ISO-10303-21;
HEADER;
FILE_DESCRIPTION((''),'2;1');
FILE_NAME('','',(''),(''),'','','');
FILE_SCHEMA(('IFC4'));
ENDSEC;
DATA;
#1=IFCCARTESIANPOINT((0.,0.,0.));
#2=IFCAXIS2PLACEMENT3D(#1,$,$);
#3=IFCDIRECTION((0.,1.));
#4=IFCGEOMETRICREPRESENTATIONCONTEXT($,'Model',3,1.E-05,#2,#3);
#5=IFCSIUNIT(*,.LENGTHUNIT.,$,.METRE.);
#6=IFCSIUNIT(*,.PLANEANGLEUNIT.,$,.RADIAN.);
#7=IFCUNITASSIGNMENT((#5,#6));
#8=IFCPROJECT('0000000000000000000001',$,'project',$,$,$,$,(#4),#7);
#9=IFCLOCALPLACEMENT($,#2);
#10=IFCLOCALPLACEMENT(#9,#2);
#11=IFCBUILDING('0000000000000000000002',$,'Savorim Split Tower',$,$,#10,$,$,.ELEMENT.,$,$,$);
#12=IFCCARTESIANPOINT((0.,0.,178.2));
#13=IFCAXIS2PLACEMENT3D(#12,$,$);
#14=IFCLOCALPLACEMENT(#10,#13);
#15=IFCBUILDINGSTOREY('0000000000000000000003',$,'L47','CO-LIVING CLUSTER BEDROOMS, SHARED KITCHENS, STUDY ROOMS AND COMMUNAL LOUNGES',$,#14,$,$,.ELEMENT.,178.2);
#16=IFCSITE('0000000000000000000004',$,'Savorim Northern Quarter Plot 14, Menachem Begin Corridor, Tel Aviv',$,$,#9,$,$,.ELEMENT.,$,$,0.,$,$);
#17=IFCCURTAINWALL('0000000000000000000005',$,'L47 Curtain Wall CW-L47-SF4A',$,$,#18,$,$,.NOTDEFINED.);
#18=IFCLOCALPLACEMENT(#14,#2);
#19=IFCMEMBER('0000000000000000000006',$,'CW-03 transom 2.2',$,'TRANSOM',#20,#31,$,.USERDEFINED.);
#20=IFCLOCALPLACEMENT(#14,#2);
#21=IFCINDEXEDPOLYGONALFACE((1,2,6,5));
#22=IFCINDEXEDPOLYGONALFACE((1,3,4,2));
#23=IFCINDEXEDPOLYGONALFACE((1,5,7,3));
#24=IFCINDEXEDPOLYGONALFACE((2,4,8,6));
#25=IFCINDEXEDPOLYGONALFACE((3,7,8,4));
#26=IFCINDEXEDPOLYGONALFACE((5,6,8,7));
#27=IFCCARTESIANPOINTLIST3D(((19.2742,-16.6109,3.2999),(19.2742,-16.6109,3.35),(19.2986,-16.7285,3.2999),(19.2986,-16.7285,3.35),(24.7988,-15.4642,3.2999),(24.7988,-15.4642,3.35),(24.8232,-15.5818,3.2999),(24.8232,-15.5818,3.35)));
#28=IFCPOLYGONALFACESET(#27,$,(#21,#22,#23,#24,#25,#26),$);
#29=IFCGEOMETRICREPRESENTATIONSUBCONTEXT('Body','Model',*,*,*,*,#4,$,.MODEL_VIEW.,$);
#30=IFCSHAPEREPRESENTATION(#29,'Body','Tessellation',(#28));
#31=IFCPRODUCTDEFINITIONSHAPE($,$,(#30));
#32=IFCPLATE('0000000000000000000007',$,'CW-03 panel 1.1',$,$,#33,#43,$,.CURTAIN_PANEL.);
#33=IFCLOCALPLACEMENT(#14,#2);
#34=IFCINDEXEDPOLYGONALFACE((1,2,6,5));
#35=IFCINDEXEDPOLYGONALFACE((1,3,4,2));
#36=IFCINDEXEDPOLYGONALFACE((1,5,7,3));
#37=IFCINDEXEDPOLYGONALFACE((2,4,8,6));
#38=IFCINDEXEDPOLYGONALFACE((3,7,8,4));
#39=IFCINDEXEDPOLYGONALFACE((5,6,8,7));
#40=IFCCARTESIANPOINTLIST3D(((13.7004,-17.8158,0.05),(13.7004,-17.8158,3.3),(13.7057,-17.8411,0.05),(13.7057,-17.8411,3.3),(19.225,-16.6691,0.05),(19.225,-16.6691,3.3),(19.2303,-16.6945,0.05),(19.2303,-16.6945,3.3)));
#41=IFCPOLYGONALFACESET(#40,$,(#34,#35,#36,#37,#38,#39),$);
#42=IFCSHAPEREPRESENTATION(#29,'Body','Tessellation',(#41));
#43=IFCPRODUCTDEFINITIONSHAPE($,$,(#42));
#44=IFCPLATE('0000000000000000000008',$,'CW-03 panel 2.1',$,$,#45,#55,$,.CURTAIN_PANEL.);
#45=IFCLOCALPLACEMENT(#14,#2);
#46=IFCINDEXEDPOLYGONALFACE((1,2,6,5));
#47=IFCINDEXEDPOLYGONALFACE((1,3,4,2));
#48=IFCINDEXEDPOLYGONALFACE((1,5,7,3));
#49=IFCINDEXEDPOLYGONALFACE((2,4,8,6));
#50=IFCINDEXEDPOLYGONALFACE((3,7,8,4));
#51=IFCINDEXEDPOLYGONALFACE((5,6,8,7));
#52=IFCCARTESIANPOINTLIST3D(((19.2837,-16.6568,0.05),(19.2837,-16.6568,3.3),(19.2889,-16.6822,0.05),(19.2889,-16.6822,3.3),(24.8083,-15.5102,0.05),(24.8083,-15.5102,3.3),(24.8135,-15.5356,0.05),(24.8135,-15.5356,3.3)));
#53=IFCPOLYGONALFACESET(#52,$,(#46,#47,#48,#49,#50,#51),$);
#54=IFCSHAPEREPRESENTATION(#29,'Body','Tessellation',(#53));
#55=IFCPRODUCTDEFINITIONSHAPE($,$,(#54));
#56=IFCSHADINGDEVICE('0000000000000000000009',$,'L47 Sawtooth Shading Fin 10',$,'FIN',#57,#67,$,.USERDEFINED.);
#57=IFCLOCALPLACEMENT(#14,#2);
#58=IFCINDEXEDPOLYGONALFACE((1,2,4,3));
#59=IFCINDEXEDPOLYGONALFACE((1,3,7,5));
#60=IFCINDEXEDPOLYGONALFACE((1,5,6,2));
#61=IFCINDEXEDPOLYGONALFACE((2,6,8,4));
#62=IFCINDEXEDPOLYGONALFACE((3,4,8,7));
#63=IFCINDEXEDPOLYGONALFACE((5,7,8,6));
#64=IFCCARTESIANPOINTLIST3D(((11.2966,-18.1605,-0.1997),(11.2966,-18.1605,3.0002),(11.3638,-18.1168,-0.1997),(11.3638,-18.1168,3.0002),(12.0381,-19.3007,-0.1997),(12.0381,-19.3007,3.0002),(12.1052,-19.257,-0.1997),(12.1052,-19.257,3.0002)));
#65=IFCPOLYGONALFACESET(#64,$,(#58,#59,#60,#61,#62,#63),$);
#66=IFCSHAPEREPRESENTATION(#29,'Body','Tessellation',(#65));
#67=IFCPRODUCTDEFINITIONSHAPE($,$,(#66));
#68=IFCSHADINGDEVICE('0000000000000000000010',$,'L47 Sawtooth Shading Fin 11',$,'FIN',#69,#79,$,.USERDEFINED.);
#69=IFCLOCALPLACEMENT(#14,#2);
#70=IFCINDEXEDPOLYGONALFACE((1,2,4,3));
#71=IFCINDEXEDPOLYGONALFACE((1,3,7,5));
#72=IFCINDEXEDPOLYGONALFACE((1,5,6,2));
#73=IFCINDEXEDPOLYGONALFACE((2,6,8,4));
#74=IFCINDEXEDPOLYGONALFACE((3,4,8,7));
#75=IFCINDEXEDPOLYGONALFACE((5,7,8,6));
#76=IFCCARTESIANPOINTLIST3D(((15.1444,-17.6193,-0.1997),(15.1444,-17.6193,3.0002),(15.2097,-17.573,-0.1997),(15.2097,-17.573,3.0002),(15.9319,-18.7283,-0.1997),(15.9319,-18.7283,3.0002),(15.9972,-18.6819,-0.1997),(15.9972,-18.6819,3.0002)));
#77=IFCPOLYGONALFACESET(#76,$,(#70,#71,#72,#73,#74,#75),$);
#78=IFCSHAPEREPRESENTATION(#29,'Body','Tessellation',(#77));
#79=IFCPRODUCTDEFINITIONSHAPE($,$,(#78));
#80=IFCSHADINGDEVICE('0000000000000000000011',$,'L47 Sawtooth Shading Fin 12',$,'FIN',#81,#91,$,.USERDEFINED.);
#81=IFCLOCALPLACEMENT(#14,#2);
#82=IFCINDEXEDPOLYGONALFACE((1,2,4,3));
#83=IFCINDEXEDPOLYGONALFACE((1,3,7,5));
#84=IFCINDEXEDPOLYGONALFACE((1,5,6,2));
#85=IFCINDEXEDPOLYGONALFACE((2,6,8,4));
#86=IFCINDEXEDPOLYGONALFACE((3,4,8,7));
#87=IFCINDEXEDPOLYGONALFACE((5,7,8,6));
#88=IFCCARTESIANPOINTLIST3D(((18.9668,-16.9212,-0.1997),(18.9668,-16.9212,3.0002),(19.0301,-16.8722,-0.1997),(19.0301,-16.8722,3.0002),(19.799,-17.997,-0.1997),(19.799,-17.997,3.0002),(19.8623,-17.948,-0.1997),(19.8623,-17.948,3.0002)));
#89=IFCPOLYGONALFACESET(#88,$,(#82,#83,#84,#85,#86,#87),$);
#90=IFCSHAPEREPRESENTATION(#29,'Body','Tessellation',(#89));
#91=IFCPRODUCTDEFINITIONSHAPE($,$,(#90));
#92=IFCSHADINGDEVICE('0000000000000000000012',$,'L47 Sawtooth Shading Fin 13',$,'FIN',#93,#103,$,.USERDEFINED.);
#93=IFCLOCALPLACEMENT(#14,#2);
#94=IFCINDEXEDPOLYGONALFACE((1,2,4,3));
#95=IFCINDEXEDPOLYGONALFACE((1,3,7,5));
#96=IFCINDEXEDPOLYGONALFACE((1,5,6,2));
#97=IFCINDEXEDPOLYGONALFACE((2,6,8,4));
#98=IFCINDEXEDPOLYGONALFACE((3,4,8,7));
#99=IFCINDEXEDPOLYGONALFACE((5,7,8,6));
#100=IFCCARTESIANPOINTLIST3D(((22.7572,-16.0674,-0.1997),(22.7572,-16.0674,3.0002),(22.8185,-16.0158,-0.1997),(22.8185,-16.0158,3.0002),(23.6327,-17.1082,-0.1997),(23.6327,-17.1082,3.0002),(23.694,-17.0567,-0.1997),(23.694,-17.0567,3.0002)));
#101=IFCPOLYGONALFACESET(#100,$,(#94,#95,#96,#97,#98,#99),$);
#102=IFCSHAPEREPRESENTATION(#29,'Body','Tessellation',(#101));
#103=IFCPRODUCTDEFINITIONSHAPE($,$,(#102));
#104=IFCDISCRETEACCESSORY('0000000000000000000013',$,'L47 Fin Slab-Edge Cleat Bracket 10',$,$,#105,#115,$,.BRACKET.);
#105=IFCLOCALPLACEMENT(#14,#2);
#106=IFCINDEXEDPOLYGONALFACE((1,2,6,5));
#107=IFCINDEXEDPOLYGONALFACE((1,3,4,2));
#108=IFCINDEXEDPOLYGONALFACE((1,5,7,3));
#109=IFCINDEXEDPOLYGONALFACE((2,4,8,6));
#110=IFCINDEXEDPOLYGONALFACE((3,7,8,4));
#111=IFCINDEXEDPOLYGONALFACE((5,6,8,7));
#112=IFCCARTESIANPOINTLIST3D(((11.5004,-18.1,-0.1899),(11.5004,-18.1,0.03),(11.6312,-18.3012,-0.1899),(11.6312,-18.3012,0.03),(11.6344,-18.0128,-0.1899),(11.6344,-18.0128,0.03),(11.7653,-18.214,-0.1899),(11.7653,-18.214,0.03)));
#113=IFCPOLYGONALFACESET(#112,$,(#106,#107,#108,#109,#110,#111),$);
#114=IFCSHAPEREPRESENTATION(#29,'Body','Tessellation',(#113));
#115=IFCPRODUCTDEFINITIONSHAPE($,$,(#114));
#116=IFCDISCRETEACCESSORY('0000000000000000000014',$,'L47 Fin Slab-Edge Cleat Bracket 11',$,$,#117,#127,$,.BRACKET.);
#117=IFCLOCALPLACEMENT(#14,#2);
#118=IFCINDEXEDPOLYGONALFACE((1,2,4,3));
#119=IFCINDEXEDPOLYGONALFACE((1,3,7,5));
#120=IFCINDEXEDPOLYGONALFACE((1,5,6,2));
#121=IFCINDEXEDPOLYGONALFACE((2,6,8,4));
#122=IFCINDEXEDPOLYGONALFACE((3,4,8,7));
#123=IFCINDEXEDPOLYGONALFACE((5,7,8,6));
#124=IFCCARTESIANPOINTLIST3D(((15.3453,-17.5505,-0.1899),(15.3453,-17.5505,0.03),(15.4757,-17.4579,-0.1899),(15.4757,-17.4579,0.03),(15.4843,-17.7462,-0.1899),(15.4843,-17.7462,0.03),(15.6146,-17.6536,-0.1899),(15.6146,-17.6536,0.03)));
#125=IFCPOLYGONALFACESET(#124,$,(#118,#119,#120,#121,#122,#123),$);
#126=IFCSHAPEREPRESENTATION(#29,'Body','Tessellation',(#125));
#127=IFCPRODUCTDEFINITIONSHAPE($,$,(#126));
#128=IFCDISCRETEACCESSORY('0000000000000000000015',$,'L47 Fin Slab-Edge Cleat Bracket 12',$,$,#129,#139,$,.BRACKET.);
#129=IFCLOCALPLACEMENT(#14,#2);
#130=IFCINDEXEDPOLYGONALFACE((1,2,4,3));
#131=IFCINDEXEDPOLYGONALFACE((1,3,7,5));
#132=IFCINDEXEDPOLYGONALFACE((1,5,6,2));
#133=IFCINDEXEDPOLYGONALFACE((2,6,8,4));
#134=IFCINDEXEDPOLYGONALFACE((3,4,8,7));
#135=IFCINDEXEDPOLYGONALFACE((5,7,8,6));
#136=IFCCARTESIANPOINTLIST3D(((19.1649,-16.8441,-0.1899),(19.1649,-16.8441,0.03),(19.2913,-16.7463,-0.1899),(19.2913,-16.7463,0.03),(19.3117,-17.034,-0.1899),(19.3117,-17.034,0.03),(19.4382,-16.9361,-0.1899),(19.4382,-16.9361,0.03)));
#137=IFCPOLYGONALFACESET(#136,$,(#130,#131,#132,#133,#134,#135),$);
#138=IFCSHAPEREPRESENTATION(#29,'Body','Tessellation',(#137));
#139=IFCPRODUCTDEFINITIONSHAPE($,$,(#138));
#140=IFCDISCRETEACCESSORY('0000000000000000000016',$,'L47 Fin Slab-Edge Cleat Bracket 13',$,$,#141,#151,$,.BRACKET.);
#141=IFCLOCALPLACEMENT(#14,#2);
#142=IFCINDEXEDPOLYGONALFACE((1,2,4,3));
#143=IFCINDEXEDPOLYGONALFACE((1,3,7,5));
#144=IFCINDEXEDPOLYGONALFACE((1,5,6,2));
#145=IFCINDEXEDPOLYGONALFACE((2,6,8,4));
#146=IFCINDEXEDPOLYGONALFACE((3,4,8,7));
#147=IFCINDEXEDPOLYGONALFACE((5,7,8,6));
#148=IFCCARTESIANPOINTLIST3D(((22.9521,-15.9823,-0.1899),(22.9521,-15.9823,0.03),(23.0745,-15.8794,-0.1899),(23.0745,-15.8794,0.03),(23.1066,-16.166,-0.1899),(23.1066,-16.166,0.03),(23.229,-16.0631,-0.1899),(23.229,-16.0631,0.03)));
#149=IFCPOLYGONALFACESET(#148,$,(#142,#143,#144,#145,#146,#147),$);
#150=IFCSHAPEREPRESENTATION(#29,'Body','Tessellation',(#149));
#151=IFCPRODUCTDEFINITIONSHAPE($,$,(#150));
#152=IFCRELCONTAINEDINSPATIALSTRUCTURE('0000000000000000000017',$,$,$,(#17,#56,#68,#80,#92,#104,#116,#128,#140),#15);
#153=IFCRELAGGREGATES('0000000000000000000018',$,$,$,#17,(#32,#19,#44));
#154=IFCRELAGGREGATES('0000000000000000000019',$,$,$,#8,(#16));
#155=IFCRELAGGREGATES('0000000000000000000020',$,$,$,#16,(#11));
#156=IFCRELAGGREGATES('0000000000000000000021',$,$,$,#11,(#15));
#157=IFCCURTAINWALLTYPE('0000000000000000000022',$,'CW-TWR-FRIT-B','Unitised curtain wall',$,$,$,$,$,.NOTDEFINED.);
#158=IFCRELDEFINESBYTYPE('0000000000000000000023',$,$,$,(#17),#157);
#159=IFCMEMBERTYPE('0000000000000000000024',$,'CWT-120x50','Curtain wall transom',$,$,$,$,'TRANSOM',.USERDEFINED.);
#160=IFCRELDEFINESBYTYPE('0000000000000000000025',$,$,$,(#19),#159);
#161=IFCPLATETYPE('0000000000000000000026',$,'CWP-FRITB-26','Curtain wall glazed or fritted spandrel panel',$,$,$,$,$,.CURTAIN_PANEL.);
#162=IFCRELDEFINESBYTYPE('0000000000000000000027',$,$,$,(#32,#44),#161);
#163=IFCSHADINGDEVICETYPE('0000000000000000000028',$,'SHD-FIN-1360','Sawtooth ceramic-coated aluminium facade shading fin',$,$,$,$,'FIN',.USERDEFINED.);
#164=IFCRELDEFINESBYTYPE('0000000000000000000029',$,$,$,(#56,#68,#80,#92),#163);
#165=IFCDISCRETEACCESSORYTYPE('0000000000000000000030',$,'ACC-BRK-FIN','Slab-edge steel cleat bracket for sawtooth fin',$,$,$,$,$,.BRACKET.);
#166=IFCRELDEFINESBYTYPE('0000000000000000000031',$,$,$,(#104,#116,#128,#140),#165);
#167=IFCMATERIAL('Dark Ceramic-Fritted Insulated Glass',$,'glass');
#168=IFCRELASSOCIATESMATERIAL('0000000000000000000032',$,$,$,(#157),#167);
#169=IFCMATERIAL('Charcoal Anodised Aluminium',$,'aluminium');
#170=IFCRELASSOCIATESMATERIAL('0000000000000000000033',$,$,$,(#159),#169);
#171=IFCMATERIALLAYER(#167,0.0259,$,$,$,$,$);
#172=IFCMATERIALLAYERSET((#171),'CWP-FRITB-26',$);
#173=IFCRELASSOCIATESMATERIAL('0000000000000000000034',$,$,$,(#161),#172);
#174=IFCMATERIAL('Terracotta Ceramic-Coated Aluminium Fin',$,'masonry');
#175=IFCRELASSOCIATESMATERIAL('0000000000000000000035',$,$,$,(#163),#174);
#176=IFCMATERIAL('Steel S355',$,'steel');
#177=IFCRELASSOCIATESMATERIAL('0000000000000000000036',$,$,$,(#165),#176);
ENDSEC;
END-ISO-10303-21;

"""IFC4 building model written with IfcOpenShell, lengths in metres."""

from ifc_helpers import new_model, si_unit, direction, frame, origin, origin_2d, place, context, subcontext, project, spatial, rectangle, extrude, material, layer, layer_set, material_profile, profile_set, type_object, element, aggregate, save


model = new_model("IFC4")

# Units and contexts
model_context = context("Model", 3, precision=1e-05, world=origin(), true_north=direction((0.0, 1.0)))
body_context = subcontext(model_context, "Body", "Model", "MODEL_VIEW")
ifc_project = project(units=[si_unit("LENGTHUNIT", "METRE"), si_unit("PLANEANGLEUNIT", "RADIAN")], contexts=[model_context])

# Site, building, storey
site_placement = place(None, origin())
site = spatial("IfcSite", under=ifc_project, at=site_placement, Name="Savorim Northern Quarter Plot 14, Menachem Begin Corridor, Tel Aviv", CompositionType="ELEMENT", RefElevation=0.0)
building_placement = place(site_placement, origin())
building = spatial("IfcBuilding", under=site, at=building_placement, Name="Savorim Split Tower", CompositionType="ELEMENT")
storey_placement = place(building_placement, frame((0.0, 0.0, 178.2)))
storey = spatial("IfcBuildingStorey", under=building, at=storey_placement, Name="L47", Description="CO-LIVING CLUSTER BEDROOMS, SHARED KITCHENS, STUDY ROOMS AND COMMUNAL LOUNGES", CompositionType="ELEMENT", Elevation=178.2)

# Shared definitions
ifc_material_1 = material(Name="Steel S355", Category="steel")

# Shared definitions
ifc_material_2 = material(Name="Dark Ceramic-Fritted Insulated Glass", Category="glass")
curtain_wall_type = type_object("IfcCurtainWallType", Name="CW-TWR-FRIT-B", Description="Unitised curtain wall", PredefinedType="NOTDEFINED", material=ifc_material_2)
ifc_material_3 = material(Name="Charcoal Anodised Aluminium", Category="aluminium")

# Curtain wall, member, plates
curtain_wall_1_placement = place(storey_placement, origin())
curtain_wall_1 = element("IfcCurtainWall", 1, at=curtain_wall_1_placement, inside=storey, type_object=curtain_wall_type, Name="L47 Curtain Wall CW-L47-SF4A", PredefinedType="NOTDEFINED")
ifc_material_profile_1 = material_profile(ifc_material_3, rectangle(XDim=0.1201, YDim=0.05, at=origin_2d()), Name="ALU-T 120x50")
ifc_profile_set_1 = profile_set([ifc_material_profile_1], Name="Charcoal Anodised Aluminium")
member_type_1 = type_object("IfcMemberType", Name="CWT-120x50", Description="Curtain wall transom", ElementType="TRANSOM", PredefinedType="USERDEFINED", material=ifc_profile_set_1)
member_1_placement = place(storey_placement, frame((19.2864, -16.6697, 3.325), z_axis=(0.97913, 0.203234, 0.0), x_axis=(-0.203234, 0.97913, 0.0)))
member_1 = element("IfcMember", 2, at=member_1_placement, type_object=member_type_1, Name="CW-03 transom 2.2", ObjectType="TRANSOM", PredefinedType="USERDEFINED", context=body_context, shape_type="SweptSolid", body=[
    extrude(rectangle(XDim=0.1201, YDim=0.05, at=origin_2d()), origin(), (0.0, 0.0, 1.0), 5.6423),
])
ifc_layer = layer(ifc_material_2, 0.0259)
ifc_layer_set = layer_set([ifc_layer], Name="CWP-FRITB-26")
plate_type = type_object("IfcPlateType", Name="CWP-FRITB-26", Description="Curtain wall glazed or fritted spandrel panel", PredefinedType="CURTAIN_PANEL", material=ifc_layer_set)
plate_1_placement = place(storey_placement, frame((16.4653, -17.2551, 0.05), z_axis=(0.0, 0.0, 1.0), x_axis=(0.979134, 0.203216, 0.0)))
plate_1 = element("IfcPlate", 3, at=plate_1_placement, type_object=plate_type, Name="CW-03 panel 1.1", PredefinedType="CURTAIN_PANEL", context=body_context, shape_type="SweptSolid", body=[
    extrude(rectangle(XDim=5.6423, YDim=0.0259, at=origin_2d()), origin(), (0.0, 0.0, 1.0), 3.25),
])
plate_2_placement = place(storey_placement, frame((22.0486, -16.0962, 0.05), z_axis=(0.0, 0.0, 1.0), x_axis=(0.979134, 0.203216, 0.0)))
plate_2 = element("IfcPlate", 4, at=plate_2_placement, type_object=plate_type, Name="CW-03 panel 2.1", PredefinedType="CURTAIN_PANEL", context=body_context, shape_type="SweptSolid", body=[
    extrude(rectangle(XDim=5.6423, YDim=0.0259, at=origin_2d()), origin(), (0.0, 0.0, 1.0), 3.25),
])
aggregate(curtain_wall_1, [plate_1, member_1, plate_2])

# Shading devices
ifc_material_4 = material(Name="Terracotta Ceramic-Coated Aluminium Fin", Category="masonry")
shading_device_type = type_object("IfcShadingDeviceType", Name="SHD-FIN-1360", Description="Sawtooth ceramic-coated aluminium facade shading fin", ElementType="FIN", PredefinedType="USERDEFINED", material=ifc_material_4)
for number, where, z_axis, x_axis, name in (
    (5, (11.7009, -18.7087, -0.1997), (0.0, 0.0, 1.0), (0.545148, -0.83834, 0.0), "L47 Sawtooth Shading Fin 10"),
    (6, (15.5708, -18.1506, -0.1997), (0.0, 0.0, 1.0), (0.578994, -0.815332, 0.0), "L47 Sawtooth Shading Fin 11"),
    (7, (19.4146, -17.4346, -0.1997), (0.0, 0.0, 1.0), (0.611868, -0.79096, 0.0), "L47 Sawtooth Shading Fin 12"),
    (8, (23.2256, -16.562, -0.1997), (0.0, 0.0, 1.0), (0.643719, -0.765262, 0.0), "L47 Sawtooth Shading Fin 13"),
):
    element("IfcShadingDevice", number, at=place(storey_placement, frame(where, z_axis=z_axis, x_axis=x_axis)), inside=storey, type_object=shading_device_type, Name=name, ObjectType="FIN", PredefinedType="USERDEFINED", context=body_context, shape_type="SweptSolid", body=[
        extrude(rectangle(XDim=1.3601, YDim=0.0801, at=origin_2d()), origin(), (0.0, 0.0, 1.0), 3.2),
    ])

# Discrete accessories
discrete_accessory_type = type_object("IfcDiscreteAccessoryType", Name="ACC-BRK-FIN", Description="Slab-edge steel cleat bracket for sawtooth fin", PredefinedType="BRACKET", material=ifc_material_1)
for number, where, z_axis, x_axis, name in (
    (9, (11.6328, -18.157, -0.1899), (0.0, 0.0, 1.0), (0.545148, -0.83834, 0.0), "L47 Fin Slab-Edge Cleat Bracket 10"),
    (10, (15.48, -17.6021, -0.1899), (0.0, 0.0, 1.0), (0.578994, -0.815332, 0.0), "L47 Fin Slab-Edge Cleat Bracket 11"),
    (11, (19.3015, -16.8901, -0.1899), (0.0, 0.0, 1.0), (0.611868, -0.79096, 0.0), "L47 Fin Slab-Edge Cleat Bracket 12"),
    (12, (23.0906, -16.0227, -0.1899), (0.0, 0.0, 1.0), (0.643719, -0.765262, 0.0), "L47 Fin Slab-Edge Cleat Bracket 13"),
):
    element("IfcDiscreteAccessory", number, at=place(storey_placement, frame(where, z_axis=z_axis, x_axis=x_axis)), inside=storey, type_object=discrete_accessory_type, Name=name, PredefinedType="BRACKET", context=body_context, shape_type="SweptSolid", body=[
        extrude(rectangle(XDim=0.24, YDim=0.1599, at=origin_2d()), origin(), (0.0, 0.0, 1.0), 0.22),
    ])

save(model, "model.ifc")
